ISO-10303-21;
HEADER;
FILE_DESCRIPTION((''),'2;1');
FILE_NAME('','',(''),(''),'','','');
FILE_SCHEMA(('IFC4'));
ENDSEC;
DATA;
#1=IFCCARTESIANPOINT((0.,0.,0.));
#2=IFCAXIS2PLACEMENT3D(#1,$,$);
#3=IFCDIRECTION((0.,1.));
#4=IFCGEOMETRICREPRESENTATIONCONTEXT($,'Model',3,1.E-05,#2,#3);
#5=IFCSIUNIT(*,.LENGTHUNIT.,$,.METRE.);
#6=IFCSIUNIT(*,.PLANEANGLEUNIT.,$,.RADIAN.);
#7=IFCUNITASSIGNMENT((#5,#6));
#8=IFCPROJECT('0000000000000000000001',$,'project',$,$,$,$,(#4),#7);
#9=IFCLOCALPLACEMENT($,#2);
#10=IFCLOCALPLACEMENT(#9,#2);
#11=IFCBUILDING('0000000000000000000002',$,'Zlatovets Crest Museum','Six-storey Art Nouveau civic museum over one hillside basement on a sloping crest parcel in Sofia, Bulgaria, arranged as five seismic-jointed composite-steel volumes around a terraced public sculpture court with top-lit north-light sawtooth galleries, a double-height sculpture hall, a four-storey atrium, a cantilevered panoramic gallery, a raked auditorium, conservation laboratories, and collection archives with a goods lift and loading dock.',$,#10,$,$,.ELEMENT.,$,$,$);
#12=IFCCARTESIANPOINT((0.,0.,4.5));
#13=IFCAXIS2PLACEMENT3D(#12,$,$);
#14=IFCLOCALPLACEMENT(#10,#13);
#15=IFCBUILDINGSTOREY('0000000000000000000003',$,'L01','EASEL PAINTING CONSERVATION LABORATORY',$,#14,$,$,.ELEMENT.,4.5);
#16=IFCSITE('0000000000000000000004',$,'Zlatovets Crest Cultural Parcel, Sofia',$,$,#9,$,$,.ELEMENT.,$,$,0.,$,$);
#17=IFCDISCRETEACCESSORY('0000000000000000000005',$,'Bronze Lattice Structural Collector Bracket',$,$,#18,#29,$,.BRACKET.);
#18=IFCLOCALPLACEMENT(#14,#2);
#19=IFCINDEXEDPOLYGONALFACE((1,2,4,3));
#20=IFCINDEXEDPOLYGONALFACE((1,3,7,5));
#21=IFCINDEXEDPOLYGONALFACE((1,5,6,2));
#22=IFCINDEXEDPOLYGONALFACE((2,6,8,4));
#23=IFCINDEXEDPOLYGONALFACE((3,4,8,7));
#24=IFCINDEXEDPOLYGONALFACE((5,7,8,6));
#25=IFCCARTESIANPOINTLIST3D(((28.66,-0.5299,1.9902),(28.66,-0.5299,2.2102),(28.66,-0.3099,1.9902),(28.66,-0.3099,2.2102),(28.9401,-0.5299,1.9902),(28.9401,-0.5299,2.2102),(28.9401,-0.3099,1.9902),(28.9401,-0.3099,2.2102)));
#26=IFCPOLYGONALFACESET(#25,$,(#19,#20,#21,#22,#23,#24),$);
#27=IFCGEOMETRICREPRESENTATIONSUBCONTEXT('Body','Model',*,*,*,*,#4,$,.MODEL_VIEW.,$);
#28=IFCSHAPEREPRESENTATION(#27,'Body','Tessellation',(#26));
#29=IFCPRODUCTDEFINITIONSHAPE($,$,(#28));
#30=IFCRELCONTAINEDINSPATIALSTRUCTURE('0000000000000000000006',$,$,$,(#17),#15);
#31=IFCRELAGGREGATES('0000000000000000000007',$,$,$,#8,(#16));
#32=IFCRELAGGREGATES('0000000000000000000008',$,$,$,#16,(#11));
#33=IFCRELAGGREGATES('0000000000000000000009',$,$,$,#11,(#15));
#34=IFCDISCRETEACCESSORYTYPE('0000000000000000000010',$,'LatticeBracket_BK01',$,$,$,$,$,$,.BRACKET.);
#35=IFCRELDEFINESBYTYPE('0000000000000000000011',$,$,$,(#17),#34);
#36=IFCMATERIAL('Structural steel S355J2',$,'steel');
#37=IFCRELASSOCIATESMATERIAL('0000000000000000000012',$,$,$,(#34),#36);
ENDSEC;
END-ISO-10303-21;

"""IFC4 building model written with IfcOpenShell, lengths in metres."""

from ifc_helpers import new_model, si_unit, direction, frame, origin, origin_2d, place, context, subcontext, project, spatial, rectangle, extrude, material, type_object, element, save


model = new_model("IFC4")

# Units and contexts
model_context = context("Model", 3, precision=1e-05, world=origin(), true_north=direction((0.0, 1.0)))
body_context = subcontext(model_context, "Body", "Model", "MODEL_VIEW")
ifc_project = project(units=[si_unit("LENGTHUNIT", "METRE"), si_unit("PLANEANGLEUNIT", "RADIAN")], contexts=[model_context])

# Site, building, storey
site_placement = place(None, origin())
site = spatial("IfcSite", under=ifc_project, at=site_placement, Name="Zlatovets Crest Cultural Parcel, Sofia", CompositionType="ELEMENT", RefElevation=0.0)
building_placement = place(site_placement, origin())
building = spatial("IfcBuilding", under=site, at=building_placement, Name="Zlatovets Crest Museum", Description="Six-storey Art Nouveau civic museum over one hillside basement on a sloping crest parcel in Sofia, Bulgaria, arranged as five seismic-jointed composite-steel volumes around a terraced public sculpture court with top-lit north-light sawtooth galleries, a double-height sculpture hall, a four-storey atrium, a cantilevered panoramic gallery, a raked auditorium, conservation laboratories, and collection archives with a goods lift and loading dock.", CompositionType="ELEMENT")
storey_placement = place(building_placement, frame((0.0, 0.0, 4.5)))
storey = spatial("IfcBuildingStorey", under=building, at=storey_placement, Name="L01", Description="EASEL PAINTING CONSERVATION LABORATORY", CompositionType="ELEMENT", Elevation=4.5)

# Shared definitions
ifc_material_1 = material(Name="Structural steel S355J2", Category="steel")

# Discrete accessory
discrete_accessory_type = type_object("IfcDiscreteAccessoryType", Name="LatticeBracket_BK01", PredefinedType="BRACKET", material=ifc_material_1)
for number, where, z_axis, x_axis, name in (
    (1, (28.8, -0.4199, 1.9902), (0.0, 0.0, 1.0), (1.0, 0.0, 0.0), "Bronze Lattice Structural Collector Bracket"),
):
    element("IfcDiscreteAccessory", number, at=place(storey_placement, frame(where, z_axis=z_axis, x_axis=x_axis)), inside=storey, type_object=discrete_accessory_type, Name=name, PredefinedType="BRACKET", context=body_context, shape_type="SweptSolid", body=[
        extrude(rectangle(XDim=0.28, YDim=0.22, at=origin_2d()), origin(), (0.0, 0.0, 1.0), 0.22),
    ])

save(model, "model.ifc")
